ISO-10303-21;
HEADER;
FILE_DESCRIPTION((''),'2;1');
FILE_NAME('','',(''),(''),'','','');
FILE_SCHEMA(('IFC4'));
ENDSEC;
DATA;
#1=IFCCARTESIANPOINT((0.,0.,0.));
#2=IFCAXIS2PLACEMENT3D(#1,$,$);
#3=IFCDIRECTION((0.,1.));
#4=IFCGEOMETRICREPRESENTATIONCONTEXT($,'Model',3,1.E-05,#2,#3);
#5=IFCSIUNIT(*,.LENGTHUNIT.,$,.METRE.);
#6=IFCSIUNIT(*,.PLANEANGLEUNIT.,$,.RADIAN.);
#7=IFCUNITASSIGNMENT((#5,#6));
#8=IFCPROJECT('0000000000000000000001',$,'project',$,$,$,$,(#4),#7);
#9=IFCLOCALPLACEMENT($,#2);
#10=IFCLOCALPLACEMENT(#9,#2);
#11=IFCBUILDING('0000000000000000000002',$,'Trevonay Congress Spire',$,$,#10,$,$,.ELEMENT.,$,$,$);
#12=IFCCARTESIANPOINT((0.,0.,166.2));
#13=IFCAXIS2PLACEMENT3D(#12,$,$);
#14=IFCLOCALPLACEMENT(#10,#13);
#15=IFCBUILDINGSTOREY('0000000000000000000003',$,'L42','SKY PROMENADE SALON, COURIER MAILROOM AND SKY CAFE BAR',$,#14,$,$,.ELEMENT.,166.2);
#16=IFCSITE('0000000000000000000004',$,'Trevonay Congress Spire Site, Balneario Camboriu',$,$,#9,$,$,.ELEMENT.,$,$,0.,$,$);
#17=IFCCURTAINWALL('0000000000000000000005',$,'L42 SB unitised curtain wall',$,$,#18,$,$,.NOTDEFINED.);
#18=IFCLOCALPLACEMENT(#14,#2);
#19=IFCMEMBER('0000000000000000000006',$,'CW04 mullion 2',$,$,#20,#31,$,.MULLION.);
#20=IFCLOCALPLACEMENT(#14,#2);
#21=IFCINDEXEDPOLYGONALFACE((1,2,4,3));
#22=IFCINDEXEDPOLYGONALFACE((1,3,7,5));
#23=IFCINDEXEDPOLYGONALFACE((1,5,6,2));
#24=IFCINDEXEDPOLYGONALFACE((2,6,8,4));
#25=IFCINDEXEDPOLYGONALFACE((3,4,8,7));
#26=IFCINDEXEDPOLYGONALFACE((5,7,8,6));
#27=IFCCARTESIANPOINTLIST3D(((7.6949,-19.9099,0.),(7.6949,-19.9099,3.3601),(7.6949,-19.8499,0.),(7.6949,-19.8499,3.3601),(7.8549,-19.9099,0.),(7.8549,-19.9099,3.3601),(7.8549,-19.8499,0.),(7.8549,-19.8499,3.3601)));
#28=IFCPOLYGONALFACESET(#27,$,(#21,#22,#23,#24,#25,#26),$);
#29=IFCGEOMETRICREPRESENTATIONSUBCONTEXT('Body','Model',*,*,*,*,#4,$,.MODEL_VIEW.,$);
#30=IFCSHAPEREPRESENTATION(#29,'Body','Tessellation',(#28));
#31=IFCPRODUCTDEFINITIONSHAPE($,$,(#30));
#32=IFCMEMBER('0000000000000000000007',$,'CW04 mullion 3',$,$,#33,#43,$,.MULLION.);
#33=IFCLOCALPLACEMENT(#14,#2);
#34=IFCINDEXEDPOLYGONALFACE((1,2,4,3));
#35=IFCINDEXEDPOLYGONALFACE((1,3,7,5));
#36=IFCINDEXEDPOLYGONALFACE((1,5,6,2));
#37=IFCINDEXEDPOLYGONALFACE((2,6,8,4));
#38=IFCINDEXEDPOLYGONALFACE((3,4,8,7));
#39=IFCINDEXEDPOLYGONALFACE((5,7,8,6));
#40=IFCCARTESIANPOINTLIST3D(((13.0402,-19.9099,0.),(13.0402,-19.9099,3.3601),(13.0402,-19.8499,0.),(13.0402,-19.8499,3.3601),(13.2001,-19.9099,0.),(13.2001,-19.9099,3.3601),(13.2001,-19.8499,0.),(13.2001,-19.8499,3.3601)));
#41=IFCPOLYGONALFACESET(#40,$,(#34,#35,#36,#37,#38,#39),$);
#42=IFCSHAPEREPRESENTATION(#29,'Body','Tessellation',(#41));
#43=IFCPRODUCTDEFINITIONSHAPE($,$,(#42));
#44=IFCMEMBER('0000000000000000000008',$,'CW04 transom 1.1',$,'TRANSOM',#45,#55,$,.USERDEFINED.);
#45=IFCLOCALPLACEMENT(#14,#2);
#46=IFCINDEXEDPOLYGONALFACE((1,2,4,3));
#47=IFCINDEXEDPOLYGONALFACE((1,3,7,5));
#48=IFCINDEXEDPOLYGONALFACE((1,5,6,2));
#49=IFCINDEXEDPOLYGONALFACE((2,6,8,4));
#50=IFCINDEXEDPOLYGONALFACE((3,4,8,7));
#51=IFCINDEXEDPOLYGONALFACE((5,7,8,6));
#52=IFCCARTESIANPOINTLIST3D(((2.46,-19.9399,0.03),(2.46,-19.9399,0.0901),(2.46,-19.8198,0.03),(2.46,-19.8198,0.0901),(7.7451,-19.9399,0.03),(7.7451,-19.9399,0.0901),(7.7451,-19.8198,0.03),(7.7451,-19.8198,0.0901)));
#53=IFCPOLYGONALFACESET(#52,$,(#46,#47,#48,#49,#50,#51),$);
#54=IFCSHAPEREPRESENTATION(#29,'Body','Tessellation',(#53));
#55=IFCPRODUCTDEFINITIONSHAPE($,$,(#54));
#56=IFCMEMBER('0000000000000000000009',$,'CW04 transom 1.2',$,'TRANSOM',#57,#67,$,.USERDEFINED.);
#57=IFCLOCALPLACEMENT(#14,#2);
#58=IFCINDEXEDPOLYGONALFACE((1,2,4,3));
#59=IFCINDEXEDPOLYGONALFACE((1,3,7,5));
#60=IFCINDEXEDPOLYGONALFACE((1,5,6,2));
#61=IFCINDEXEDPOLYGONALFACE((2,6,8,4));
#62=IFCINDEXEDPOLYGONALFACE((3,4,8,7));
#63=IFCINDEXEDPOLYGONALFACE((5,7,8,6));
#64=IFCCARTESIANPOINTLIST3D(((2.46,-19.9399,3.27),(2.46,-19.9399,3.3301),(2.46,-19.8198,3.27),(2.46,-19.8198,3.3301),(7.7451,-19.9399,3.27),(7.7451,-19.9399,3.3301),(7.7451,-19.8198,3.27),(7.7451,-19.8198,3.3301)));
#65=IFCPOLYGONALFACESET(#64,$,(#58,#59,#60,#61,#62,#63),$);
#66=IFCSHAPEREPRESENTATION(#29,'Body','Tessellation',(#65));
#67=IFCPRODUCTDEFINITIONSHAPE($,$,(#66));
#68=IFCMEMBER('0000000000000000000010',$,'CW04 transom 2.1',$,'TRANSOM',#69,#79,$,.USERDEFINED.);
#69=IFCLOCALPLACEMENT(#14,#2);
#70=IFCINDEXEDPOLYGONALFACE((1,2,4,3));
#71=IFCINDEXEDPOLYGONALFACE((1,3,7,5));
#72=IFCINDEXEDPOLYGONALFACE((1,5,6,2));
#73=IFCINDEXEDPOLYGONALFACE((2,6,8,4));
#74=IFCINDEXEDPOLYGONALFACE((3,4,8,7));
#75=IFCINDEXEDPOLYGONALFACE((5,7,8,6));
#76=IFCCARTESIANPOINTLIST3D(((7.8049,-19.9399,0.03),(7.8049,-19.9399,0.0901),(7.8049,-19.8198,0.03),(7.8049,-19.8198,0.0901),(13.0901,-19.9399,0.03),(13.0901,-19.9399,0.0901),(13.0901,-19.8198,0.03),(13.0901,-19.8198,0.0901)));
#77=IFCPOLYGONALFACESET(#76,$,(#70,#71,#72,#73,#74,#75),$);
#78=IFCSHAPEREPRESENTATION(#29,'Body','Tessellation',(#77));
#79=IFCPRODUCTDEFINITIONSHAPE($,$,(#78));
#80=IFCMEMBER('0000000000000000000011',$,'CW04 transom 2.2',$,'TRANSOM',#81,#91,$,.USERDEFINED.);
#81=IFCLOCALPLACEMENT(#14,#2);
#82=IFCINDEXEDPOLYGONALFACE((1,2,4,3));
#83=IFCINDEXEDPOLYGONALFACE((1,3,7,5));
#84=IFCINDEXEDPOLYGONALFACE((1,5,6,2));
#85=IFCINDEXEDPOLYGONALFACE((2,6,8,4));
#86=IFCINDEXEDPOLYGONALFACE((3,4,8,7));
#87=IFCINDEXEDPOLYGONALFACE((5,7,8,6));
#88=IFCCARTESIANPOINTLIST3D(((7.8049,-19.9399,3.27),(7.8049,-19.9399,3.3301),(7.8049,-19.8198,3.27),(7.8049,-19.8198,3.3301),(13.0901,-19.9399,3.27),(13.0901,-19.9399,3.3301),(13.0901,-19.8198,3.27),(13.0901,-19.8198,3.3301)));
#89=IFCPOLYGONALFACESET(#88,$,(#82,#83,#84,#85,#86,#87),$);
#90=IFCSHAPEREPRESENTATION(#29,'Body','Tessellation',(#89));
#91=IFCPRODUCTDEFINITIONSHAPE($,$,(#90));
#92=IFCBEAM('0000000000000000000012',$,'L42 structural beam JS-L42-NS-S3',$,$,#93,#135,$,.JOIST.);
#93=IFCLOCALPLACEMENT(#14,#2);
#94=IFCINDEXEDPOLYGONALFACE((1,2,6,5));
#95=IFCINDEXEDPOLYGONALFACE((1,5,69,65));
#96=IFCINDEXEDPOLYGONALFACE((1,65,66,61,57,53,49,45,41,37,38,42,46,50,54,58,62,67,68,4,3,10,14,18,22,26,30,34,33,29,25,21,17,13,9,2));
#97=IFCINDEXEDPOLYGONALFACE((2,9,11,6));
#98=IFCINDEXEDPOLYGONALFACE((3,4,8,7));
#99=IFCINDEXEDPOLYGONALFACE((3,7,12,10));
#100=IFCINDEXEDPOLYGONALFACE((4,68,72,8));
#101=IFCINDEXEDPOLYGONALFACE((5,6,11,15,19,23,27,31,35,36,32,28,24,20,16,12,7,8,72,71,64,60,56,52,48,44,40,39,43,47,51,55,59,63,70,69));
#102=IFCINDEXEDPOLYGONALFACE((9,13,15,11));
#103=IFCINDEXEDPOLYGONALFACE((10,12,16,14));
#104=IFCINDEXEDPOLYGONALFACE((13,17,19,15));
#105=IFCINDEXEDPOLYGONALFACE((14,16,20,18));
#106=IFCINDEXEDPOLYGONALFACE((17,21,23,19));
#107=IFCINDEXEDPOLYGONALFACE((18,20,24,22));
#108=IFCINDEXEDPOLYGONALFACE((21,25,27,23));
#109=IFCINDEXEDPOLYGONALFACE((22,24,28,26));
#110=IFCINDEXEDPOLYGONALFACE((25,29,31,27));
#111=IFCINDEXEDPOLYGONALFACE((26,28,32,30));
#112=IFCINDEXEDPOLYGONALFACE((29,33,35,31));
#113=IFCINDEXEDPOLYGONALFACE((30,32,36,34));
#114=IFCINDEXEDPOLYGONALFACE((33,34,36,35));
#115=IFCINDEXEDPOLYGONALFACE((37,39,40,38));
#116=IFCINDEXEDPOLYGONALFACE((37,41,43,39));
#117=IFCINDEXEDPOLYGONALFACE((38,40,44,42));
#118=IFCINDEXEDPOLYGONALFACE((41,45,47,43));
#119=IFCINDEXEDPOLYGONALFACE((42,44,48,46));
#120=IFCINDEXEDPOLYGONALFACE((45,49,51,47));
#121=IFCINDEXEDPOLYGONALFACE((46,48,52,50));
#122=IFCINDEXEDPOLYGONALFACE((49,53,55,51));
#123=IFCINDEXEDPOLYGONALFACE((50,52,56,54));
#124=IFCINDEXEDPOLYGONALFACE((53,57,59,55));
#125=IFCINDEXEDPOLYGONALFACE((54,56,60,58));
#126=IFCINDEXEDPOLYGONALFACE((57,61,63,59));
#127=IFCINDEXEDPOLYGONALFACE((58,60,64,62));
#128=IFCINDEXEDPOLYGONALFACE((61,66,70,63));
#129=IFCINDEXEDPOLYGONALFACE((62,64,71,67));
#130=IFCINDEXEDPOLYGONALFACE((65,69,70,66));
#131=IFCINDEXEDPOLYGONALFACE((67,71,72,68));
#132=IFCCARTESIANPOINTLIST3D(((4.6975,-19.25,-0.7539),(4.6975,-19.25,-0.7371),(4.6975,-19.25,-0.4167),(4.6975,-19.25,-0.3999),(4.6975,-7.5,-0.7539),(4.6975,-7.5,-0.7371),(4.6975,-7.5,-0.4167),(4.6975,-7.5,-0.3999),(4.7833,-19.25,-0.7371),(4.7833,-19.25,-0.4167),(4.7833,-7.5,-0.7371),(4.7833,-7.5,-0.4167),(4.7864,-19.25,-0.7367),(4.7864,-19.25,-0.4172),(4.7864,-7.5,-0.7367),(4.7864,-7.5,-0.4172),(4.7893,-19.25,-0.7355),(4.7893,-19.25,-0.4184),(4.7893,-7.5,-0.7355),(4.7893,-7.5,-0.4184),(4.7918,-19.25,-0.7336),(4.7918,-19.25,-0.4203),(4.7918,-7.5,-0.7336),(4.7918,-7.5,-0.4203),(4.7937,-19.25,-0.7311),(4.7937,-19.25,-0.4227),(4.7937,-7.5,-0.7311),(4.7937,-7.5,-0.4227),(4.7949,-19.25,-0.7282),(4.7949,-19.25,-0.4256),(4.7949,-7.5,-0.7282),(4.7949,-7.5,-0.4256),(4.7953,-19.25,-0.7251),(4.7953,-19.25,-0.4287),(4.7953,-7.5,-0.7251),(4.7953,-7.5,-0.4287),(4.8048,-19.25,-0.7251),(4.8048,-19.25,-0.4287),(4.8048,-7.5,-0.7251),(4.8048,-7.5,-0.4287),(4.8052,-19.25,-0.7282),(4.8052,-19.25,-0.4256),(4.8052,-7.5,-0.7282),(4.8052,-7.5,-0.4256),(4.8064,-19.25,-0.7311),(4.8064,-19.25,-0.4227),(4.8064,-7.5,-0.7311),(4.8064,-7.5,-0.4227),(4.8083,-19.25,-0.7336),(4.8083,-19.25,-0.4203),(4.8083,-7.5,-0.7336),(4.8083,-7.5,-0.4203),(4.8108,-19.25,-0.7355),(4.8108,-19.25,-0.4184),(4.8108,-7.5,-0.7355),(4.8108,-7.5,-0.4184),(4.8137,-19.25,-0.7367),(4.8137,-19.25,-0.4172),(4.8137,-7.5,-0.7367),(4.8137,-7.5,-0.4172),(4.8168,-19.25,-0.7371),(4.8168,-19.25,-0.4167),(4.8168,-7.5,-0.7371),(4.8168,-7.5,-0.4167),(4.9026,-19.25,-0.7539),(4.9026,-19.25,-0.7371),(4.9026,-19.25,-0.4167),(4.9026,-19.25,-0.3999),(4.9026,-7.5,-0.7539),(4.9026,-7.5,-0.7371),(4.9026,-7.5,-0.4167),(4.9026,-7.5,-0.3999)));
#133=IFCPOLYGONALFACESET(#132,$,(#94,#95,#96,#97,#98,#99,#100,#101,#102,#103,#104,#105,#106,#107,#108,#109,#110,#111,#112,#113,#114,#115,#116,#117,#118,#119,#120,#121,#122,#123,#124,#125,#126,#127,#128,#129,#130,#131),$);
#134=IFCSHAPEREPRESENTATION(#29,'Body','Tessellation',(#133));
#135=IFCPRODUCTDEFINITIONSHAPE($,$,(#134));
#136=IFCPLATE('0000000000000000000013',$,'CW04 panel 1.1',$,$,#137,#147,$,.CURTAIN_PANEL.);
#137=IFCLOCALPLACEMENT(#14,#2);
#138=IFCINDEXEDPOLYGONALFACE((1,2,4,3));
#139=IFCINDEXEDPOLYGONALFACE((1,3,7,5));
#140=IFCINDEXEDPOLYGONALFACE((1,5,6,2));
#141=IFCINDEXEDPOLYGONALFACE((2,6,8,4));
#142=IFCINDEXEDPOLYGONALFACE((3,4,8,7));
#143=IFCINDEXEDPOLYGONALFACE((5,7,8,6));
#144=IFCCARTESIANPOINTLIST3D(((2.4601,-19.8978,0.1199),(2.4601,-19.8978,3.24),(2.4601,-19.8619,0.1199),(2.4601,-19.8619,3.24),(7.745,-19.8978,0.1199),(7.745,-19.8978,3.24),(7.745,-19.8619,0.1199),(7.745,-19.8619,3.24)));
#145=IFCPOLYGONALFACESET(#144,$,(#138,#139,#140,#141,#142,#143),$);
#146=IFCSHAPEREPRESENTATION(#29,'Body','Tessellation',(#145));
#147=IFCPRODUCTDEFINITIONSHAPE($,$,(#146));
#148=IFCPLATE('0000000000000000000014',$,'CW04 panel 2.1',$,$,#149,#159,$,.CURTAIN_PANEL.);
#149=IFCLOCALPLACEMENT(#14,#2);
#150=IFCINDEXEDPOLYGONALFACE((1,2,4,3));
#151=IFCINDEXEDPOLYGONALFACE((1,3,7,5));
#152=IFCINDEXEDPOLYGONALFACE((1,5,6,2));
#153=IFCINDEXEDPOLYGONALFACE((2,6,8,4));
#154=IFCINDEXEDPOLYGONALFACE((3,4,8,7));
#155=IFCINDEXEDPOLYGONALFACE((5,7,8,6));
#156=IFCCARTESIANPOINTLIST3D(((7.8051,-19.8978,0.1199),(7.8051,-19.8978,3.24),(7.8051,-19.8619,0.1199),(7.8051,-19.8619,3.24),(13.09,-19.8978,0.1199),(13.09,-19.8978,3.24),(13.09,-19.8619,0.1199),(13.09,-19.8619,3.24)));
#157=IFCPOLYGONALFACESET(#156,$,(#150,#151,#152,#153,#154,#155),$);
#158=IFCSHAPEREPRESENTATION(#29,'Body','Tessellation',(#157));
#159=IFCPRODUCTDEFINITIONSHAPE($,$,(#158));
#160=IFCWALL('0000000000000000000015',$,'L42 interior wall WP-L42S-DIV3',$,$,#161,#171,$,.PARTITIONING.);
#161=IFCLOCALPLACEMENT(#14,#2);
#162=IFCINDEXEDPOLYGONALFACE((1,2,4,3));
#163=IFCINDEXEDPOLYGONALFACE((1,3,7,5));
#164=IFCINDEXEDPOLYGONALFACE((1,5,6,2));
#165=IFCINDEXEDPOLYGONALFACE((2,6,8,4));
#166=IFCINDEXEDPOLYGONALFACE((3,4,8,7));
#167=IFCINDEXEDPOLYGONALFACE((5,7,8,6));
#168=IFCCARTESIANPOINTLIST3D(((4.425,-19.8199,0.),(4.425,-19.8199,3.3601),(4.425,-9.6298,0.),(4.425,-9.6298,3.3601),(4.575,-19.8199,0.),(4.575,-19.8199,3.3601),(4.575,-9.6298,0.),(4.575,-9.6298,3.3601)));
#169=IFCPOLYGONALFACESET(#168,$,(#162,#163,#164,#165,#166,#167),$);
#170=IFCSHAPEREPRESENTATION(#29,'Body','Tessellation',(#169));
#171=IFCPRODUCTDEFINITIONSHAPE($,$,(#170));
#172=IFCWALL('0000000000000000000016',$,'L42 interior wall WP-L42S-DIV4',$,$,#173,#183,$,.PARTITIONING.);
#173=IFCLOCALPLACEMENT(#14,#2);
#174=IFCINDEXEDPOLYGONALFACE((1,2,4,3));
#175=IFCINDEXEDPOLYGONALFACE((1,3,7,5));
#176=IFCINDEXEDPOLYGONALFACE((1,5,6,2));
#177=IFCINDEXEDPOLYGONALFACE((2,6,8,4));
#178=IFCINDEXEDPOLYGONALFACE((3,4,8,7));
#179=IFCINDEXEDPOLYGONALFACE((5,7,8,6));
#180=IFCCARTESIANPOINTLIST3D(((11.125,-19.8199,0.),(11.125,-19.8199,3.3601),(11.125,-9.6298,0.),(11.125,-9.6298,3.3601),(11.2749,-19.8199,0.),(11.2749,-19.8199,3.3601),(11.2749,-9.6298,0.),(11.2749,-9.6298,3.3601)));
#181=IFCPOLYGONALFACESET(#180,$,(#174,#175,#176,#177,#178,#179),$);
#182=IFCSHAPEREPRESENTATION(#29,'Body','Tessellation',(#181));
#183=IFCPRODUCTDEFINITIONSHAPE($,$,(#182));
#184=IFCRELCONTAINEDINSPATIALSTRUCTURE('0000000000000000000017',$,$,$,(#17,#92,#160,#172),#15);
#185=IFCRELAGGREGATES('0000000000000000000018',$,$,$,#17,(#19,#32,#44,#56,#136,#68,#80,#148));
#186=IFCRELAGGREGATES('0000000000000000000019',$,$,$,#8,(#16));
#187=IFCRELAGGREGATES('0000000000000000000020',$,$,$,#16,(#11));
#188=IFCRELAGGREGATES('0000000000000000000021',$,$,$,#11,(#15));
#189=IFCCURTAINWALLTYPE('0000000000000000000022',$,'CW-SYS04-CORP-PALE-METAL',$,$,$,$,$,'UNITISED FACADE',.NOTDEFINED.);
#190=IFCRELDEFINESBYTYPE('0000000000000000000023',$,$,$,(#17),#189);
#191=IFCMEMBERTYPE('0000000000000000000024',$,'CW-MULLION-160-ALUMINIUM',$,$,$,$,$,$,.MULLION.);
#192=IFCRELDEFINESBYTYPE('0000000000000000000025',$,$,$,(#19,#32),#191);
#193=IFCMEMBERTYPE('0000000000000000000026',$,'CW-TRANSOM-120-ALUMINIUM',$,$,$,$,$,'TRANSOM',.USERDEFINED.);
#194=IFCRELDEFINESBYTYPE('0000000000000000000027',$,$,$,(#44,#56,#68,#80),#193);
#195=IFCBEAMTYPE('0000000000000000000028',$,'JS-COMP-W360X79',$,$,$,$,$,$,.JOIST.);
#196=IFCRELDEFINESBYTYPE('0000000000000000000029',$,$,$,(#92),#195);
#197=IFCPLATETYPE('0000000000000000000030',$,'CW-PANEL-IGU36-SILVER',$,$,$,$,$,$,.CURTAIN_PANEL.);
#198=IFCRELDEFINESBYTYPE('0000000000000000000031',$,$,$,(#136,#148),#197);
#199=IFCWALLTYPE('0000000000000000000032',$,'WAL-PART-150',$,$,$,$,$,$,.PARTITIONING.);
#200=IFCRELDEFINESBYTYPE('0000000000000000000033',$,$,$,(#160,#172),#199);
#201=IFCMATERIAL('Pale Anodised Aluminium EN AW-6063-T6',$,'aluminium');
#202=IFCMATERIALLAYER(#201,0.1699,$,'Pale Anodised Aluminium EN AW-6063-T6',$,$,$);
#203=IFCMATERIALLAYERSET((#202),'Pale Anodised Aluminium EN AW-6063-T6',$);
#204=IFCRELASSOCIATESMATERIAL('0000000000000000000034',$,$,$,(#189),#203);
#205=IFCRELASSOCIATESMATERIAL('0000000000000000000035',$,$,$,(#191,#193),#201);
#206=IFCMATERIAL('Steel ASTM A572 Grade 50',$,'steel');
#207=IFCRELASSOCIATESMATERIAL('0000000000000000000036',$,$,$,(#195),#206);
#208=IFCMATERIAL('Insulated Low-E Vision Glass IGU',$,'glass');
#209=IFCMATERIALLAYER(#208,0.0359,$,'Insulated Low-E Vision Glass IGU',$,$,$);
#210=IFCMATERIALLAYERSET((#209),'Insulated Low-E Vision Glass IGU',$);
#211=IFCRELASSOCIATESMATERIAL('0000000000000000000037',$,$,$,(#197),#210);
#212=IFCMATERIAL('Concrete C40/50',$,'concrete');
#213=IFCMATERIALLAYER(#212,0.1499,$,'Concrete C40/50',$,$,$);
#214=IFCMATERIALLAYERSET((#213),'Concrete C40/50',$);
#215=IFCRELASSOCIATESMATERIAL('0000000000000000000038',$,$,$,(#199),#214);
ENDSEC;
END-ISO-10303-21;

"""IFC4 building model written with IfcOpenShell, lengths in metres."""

from ifc_helpers import new_model, si_unit, direction, frame, frame_2d, origin, origin_2d, place, context, subcontext, project, spatial, rectangle, i_section, extrude, material, layer, layer_set, material_profile, profile_set, type_object, element, aggregate, save


model = new_model("IFC4")

# Units and contexts
model_context = context("Model", 3, precision=1e-05, world=origin(), true_north=direction((0.0, 1.0)))
body_context = subcontext(model_context, "Body", "Model", "MODEL_VIEW")
ifc_project = project(units=[si_unit("LENGTHUNIT", "METRE"), si_unit("PLANEANGLEUNIT", "RADIAN")], contexts=[model_context])

# Site, building, storey
site_placement = place(None, origin())
site = spatial("IfcSite", under=ifc_project, at=site_placement, Name="Trevonay Congress Spire Site, Balneario Camboriu", CompositionType="ELEMENT", RefElevation=0.0)
building_placement = place(site_placement, origin())
building = spatial("IfcBuilding", under=site, at=building_placement, Name="Trevonay Congress Spire", CompositionType="ELEMENT")
storey_placement = place(building_placement, frame((0.0, 0.0, 166.2)))
storey = spatial("IfcBuildingStorey", under=building, at=storey_placement, Name="L42", Description="SKY PROMENADE SALON, COURIER MAILROOM AND SKY CAFE BAR", CompositionType="ELEMENT", Elevation=166.2)

# Shared definitions
ifc_material_1 = material(Name="Steel ASTM A572 Grade 50", Category="steel")

# Curtain wall, members
ifc_material_2 = material(Name="Pale Anodised Aluminium EN AW-6063-T6", Category="aluminium")
ifc_layer_1 = layer(ifc_material_2, 0.1699, Name="Pale Anodised Aluminium EN AW-6063-T6")
ifc_layer_set_1 = layer_set([ifc_layer_1], Name="Pale Anodised Aluminium EN AW-6063-T6")
curtain_wall_type = type_object("IfcCurtainWallType", Name="CW-SYS04-CORP-PALE-METAL", ElementType="UNITISED FACADE", PredefinedType="NOTDEFINED", material=ifc_layer_set_1)
curtain_wall_placement = place(storey_placement, origin())
curtain_wall = element("IfcCurtainWall", 1, at=curtain_wall_placement, inside=storey, type_object=curtain_wall_type, Name="L42 SB unitised curtain wall", PredefinedType="NOTDEFINED")
ifc_material_profile_1 = material_profile(ifc_material_2, rectangle(XDim=0.0601, YDim=0.1599, at=origin_2d()), Name="CW-MULLION-160-ALUMINIUM")
ifc_profile_set_1 = profile_set([ifc_material_profile_1], Name="Pale Anodised Aluminium EN AW-6063-T6")
member_type_1 = type_object("IfcMemberType", Name="CW-MULLION-160-ALUMINIUM", PredefinedType="MULLION", material=ifc_profile_set_1)
member_1_placement = place(storey_placement, frame((7.7749, -19.8799, 0.0), z_axis=(0.0, 0.0, 1.0), x_axis=(0.0, 1.0, 0.0)))
member_1 = element("IfcMember", 2, at=member_1_placement, type_object=member_type_1, Name="CW04 mullion 2", PredefinedType="MULLION", context=body_context, shape_type="SweptSolid", body=[
    extrude(rectangle(XDim=0.0601, YDim=0.1599, at=origin_2d()), origin(), (0.0, 0.0, 1.0), 3.3601),
])
member_2_placement = place(storey_placement, frame((13.1201, -19.8799, 0.0), z_axis=(0.0, 0.0, 1.0), x_axis=(0.0, 1.0, 0.0)))
member_2 = element("IfcMember", 3, at=member_2_placement, type_object=member_type_1, Name="CW04 mullion 3", PredefinedType="MULLION", context=body_context, shape_type="SweptSolid", body=[
    extrude(rectangle(XDim=0.0601, YDim=0.1599, at=origin_2d()), origin(), (0.0, 0.0, 1.0), 3.3601),
])
ifc_material_profile_2 = material_profile(ifc_material_2, rectangle(XDim=0.1201, YDim=0.0601, at=origin_2d()), Name="CW-TRANSOM-120-ALUMINIUM")
ifc_profile_set_2 = profile_set([ifc_material_profile_2], Name="Pale Anodised Aluminium EN AW-6063-T6")
member_type_2 = type_object("IfcMemberType", Name="CW-TRANSOM-120-ALUMINIUM", ElementType="TRANSOM", PredefinedType="USERDEFINED", material=ifc_profile_set_2)
member_3_placement = place(storey_placement, frame((2.46, -19.8799, 0.0601), z_axis=(1.0, 0.0, 0.0), x_axis=(0.0, 1.0, 0.0)))
member_3 = element("IfcMember", 4, at=member_3_placement, type_object=member_type_2, Name="CW04 transom 1.1", ObjectType="TRANSOM", PredefinedType="USERDEFINED", context=body_context, shape_type="SweptSolid", body=[
    extrude(rectangle(XDim=0.1201, YDim=0.0601, at=origin_2d()), origin(), (0.0, 0.0, 1.0), 5.2852),
])
member_4_placement = place(storey_placement, frame((2.46, -19.8799, 3.3), z_axis=(1.0, 0.0, 0.0), x_axis=(0.0, 1.0, 0.0)))
member_4 = element("IfcMember", 5, at=member_4_placement, type_object=member_type_2, Name="CW04 transom 1.2", ObjectType="TRANSOM", PredefinedType="USERDEFINED", context=body_context, shape_type="SweptSolid", body=[
    extrude(rectangle(XDim=0.1201, YDim=0.0601, at=origin_2d()), origin(), (0.0, 0.0, 1.0), 5.2852),
])
member_5_placement = place(storey_placement, frame((7.8049, -19.8799, 0.0601), z_axis=(1.0, 0.0, 0.0), x_axis=(0.0, 1.0, 0.0)))
member_5 = element("IfcMember", 6, at=member_5_placement, type_object=member_type_2, Name="CW04 transom 2.1", ObjectType="TRANSOM", PredefinedType="USERDEFINED", context=body_context, shape_type="SweptSolid", body=[
    extrude(rectangle(XDim=0.1201, YDim=0.0601, at=origin_2d()), origin(), (0.0, 0.0, 1.0), 5.2852),
])
member_6_placement = place(storey_placement, frame((7.8049, -19.8799, 3.3), z_axis=(1.0, 0.0, 0.0), x_axis=(0.0, 1.0, 0.0)))
member_6 = element("IfcMember", 7, at=member_6_placement, type_object=member_type_2, Name="CW04 transom 2.2", ObjectType="TRANSOM", PredefinedType="USERDEFINED", context=body_context, shape_type="SweptSolid", body=[
    extrude(rectangle(XDim=0.1201, YDim=0.0601, at=origin_2d()), origin(), (0.0, 0.0, 1.0), 5.2852),
])

# Beam
ifc_material_profile_3 = material_profile(ifc_material_1, i_section(OverallWidth=0.2051, OverallDepth=0.354, WebThickness=0.0095, FlangeThickness=0.0168, FilletRadius=0.012, at=origin_2d()), Name="W360x79")
ifc_profile_set_3 = profile_set([ifc_material_profile_3], Name="Steel ASTM A572 Grade 50")
beam_type_1 = type_object("IfcBeamType", Name="JS-COMP-W360X79", PredefinedType="JOIST", material=ifc_profile_set_3)
beam_1_placement = place(storey_placement, frame((4.8, -19.25, -0.5769), z_axis=(0.0, 1.0, 0.0), x_axis=(-1.0, 0.0, 0.0)))
element("IfcBeam", 8, at=beam_1_placement, inside=storey, type_object=beam_type_1, Name="L42 structural beam JS-L42-NS-S3", PredefinedType="JOIST", context=body_context, shape_type="SweptSolid", body=[
    extrude(i_section(OverallWidth=0.2051, OverallDepth=0.354, WebThickness=0.0095, FlangeThickness=0.0168, FilletRadius=0.012, at=origin_2d()), origin(), (0.0, 0.0, 1.0), 11.75),
])

# Plates
ifc_material_3 = material(Name="Insulated Low-E Vision Glass IGU", Category="glass")
ifc_layer_2 = layer(ifc_material_3, 0.0359, Name="Insulated Low-E Vision Glass IGU")
ifc_layer_set_2 = layer_set([ifc_layer_2], Name="Insulated Low-E Vision Glass IGU")
plate_type = type_object("IfcPlateType", Name="CW-PANEL-IGU36-SILVER", PredefinedType="CURTAIN_PANEL", material=ifc_layer_set_2)
plate_1_placement = place(storey_placement, frame((5.1025, -19.8799, 0.1199), z_axis=(0.0, 0.0, 1.0), x_axis=(1.0, 0.0, 0.0)))
plate_1 = element("IfcPlate", 9, at=plate_1_placement, type_object=plate_type, Name="CW04 panel 1.1", PredefinedType="CURTAIN_PANEL", context=body_context, shape_type="SweptSolid", body=[
    extrude(rectangle(XDim=5.2849, YDim=0.0359, at=origin_2d()), origin(), (0.0, 0.0, 1.0), 3.1201),
])
plate_2_placement = place(storey_placement, frame((10.4475, -19.8799, 0.1199), z_axis=(0.0, 0.0, 1.0), x_axis=(1.0, 0.0, 0.0)))
plate_2 = element("IfcPlate", 10, at=plate_2_placement, type_object=plate_type, Name="CW04 panel 2.1", PredefinedType="CURTAIN_PANEL", context=body_context, shape_type="SweptSolid", body=[
    extrude(rectangle(XDim=5.2849, YDim=0.0359, at=origin_2d()), origin(), (0.0, 0.0, 1.0), 3.1201),
])
aggregate(curtain_wall, [member_1, member_2, member_3, member_4, plate_1, member_5, member_6, plate_2])

# Walls
ifc_material_4 = material(Name="Concrete C40/50", Category="concrete")
ifc_layer_3 = layer(ifc_material_4, 0.1499, Name="Concrete C40/50")
ifc_layer_set_3 = layer_set([ifc_layer_3], Name="Concrete C40/50")
wall_type = type_object("IfcWallType", Name="WAL-PART-150", PredefinedType="PARTITIONING", material=ifc_layer_set_3)
for number, where, z_axis, x_axis, name in (
    (11, (4.5, -19.8201, 0.0), (0.0, 0.0, 1.0), (0.0, 1.0, 0.0), "L42 interior wall WP-L42S-DIV3"),
    (12, (11.2, -19.8201, 0.0), (0.0, 0.0, 1.0), (0.0, 1.0, 0.0), "L42 interior wall WP-L42S-DIV4"),
):
    element("IfcWall", number, at=place(storey_placement, frame(where, z_axis=z_axis, x_axis=x_axis)), inside=storey, type_object=wall_type, Name=name, PredefinedType="PARTITIONING", context=body_context, shape_type="SweptSolid", body=[
        extrude(rectangle(XDim=10.1902, YDim=0.1499, at=frame_2d((5.0952, 0.0))), origin(), (0.0, 0.0, 1.0), 3.3601),
    ])

save(model, "model.ifc")
